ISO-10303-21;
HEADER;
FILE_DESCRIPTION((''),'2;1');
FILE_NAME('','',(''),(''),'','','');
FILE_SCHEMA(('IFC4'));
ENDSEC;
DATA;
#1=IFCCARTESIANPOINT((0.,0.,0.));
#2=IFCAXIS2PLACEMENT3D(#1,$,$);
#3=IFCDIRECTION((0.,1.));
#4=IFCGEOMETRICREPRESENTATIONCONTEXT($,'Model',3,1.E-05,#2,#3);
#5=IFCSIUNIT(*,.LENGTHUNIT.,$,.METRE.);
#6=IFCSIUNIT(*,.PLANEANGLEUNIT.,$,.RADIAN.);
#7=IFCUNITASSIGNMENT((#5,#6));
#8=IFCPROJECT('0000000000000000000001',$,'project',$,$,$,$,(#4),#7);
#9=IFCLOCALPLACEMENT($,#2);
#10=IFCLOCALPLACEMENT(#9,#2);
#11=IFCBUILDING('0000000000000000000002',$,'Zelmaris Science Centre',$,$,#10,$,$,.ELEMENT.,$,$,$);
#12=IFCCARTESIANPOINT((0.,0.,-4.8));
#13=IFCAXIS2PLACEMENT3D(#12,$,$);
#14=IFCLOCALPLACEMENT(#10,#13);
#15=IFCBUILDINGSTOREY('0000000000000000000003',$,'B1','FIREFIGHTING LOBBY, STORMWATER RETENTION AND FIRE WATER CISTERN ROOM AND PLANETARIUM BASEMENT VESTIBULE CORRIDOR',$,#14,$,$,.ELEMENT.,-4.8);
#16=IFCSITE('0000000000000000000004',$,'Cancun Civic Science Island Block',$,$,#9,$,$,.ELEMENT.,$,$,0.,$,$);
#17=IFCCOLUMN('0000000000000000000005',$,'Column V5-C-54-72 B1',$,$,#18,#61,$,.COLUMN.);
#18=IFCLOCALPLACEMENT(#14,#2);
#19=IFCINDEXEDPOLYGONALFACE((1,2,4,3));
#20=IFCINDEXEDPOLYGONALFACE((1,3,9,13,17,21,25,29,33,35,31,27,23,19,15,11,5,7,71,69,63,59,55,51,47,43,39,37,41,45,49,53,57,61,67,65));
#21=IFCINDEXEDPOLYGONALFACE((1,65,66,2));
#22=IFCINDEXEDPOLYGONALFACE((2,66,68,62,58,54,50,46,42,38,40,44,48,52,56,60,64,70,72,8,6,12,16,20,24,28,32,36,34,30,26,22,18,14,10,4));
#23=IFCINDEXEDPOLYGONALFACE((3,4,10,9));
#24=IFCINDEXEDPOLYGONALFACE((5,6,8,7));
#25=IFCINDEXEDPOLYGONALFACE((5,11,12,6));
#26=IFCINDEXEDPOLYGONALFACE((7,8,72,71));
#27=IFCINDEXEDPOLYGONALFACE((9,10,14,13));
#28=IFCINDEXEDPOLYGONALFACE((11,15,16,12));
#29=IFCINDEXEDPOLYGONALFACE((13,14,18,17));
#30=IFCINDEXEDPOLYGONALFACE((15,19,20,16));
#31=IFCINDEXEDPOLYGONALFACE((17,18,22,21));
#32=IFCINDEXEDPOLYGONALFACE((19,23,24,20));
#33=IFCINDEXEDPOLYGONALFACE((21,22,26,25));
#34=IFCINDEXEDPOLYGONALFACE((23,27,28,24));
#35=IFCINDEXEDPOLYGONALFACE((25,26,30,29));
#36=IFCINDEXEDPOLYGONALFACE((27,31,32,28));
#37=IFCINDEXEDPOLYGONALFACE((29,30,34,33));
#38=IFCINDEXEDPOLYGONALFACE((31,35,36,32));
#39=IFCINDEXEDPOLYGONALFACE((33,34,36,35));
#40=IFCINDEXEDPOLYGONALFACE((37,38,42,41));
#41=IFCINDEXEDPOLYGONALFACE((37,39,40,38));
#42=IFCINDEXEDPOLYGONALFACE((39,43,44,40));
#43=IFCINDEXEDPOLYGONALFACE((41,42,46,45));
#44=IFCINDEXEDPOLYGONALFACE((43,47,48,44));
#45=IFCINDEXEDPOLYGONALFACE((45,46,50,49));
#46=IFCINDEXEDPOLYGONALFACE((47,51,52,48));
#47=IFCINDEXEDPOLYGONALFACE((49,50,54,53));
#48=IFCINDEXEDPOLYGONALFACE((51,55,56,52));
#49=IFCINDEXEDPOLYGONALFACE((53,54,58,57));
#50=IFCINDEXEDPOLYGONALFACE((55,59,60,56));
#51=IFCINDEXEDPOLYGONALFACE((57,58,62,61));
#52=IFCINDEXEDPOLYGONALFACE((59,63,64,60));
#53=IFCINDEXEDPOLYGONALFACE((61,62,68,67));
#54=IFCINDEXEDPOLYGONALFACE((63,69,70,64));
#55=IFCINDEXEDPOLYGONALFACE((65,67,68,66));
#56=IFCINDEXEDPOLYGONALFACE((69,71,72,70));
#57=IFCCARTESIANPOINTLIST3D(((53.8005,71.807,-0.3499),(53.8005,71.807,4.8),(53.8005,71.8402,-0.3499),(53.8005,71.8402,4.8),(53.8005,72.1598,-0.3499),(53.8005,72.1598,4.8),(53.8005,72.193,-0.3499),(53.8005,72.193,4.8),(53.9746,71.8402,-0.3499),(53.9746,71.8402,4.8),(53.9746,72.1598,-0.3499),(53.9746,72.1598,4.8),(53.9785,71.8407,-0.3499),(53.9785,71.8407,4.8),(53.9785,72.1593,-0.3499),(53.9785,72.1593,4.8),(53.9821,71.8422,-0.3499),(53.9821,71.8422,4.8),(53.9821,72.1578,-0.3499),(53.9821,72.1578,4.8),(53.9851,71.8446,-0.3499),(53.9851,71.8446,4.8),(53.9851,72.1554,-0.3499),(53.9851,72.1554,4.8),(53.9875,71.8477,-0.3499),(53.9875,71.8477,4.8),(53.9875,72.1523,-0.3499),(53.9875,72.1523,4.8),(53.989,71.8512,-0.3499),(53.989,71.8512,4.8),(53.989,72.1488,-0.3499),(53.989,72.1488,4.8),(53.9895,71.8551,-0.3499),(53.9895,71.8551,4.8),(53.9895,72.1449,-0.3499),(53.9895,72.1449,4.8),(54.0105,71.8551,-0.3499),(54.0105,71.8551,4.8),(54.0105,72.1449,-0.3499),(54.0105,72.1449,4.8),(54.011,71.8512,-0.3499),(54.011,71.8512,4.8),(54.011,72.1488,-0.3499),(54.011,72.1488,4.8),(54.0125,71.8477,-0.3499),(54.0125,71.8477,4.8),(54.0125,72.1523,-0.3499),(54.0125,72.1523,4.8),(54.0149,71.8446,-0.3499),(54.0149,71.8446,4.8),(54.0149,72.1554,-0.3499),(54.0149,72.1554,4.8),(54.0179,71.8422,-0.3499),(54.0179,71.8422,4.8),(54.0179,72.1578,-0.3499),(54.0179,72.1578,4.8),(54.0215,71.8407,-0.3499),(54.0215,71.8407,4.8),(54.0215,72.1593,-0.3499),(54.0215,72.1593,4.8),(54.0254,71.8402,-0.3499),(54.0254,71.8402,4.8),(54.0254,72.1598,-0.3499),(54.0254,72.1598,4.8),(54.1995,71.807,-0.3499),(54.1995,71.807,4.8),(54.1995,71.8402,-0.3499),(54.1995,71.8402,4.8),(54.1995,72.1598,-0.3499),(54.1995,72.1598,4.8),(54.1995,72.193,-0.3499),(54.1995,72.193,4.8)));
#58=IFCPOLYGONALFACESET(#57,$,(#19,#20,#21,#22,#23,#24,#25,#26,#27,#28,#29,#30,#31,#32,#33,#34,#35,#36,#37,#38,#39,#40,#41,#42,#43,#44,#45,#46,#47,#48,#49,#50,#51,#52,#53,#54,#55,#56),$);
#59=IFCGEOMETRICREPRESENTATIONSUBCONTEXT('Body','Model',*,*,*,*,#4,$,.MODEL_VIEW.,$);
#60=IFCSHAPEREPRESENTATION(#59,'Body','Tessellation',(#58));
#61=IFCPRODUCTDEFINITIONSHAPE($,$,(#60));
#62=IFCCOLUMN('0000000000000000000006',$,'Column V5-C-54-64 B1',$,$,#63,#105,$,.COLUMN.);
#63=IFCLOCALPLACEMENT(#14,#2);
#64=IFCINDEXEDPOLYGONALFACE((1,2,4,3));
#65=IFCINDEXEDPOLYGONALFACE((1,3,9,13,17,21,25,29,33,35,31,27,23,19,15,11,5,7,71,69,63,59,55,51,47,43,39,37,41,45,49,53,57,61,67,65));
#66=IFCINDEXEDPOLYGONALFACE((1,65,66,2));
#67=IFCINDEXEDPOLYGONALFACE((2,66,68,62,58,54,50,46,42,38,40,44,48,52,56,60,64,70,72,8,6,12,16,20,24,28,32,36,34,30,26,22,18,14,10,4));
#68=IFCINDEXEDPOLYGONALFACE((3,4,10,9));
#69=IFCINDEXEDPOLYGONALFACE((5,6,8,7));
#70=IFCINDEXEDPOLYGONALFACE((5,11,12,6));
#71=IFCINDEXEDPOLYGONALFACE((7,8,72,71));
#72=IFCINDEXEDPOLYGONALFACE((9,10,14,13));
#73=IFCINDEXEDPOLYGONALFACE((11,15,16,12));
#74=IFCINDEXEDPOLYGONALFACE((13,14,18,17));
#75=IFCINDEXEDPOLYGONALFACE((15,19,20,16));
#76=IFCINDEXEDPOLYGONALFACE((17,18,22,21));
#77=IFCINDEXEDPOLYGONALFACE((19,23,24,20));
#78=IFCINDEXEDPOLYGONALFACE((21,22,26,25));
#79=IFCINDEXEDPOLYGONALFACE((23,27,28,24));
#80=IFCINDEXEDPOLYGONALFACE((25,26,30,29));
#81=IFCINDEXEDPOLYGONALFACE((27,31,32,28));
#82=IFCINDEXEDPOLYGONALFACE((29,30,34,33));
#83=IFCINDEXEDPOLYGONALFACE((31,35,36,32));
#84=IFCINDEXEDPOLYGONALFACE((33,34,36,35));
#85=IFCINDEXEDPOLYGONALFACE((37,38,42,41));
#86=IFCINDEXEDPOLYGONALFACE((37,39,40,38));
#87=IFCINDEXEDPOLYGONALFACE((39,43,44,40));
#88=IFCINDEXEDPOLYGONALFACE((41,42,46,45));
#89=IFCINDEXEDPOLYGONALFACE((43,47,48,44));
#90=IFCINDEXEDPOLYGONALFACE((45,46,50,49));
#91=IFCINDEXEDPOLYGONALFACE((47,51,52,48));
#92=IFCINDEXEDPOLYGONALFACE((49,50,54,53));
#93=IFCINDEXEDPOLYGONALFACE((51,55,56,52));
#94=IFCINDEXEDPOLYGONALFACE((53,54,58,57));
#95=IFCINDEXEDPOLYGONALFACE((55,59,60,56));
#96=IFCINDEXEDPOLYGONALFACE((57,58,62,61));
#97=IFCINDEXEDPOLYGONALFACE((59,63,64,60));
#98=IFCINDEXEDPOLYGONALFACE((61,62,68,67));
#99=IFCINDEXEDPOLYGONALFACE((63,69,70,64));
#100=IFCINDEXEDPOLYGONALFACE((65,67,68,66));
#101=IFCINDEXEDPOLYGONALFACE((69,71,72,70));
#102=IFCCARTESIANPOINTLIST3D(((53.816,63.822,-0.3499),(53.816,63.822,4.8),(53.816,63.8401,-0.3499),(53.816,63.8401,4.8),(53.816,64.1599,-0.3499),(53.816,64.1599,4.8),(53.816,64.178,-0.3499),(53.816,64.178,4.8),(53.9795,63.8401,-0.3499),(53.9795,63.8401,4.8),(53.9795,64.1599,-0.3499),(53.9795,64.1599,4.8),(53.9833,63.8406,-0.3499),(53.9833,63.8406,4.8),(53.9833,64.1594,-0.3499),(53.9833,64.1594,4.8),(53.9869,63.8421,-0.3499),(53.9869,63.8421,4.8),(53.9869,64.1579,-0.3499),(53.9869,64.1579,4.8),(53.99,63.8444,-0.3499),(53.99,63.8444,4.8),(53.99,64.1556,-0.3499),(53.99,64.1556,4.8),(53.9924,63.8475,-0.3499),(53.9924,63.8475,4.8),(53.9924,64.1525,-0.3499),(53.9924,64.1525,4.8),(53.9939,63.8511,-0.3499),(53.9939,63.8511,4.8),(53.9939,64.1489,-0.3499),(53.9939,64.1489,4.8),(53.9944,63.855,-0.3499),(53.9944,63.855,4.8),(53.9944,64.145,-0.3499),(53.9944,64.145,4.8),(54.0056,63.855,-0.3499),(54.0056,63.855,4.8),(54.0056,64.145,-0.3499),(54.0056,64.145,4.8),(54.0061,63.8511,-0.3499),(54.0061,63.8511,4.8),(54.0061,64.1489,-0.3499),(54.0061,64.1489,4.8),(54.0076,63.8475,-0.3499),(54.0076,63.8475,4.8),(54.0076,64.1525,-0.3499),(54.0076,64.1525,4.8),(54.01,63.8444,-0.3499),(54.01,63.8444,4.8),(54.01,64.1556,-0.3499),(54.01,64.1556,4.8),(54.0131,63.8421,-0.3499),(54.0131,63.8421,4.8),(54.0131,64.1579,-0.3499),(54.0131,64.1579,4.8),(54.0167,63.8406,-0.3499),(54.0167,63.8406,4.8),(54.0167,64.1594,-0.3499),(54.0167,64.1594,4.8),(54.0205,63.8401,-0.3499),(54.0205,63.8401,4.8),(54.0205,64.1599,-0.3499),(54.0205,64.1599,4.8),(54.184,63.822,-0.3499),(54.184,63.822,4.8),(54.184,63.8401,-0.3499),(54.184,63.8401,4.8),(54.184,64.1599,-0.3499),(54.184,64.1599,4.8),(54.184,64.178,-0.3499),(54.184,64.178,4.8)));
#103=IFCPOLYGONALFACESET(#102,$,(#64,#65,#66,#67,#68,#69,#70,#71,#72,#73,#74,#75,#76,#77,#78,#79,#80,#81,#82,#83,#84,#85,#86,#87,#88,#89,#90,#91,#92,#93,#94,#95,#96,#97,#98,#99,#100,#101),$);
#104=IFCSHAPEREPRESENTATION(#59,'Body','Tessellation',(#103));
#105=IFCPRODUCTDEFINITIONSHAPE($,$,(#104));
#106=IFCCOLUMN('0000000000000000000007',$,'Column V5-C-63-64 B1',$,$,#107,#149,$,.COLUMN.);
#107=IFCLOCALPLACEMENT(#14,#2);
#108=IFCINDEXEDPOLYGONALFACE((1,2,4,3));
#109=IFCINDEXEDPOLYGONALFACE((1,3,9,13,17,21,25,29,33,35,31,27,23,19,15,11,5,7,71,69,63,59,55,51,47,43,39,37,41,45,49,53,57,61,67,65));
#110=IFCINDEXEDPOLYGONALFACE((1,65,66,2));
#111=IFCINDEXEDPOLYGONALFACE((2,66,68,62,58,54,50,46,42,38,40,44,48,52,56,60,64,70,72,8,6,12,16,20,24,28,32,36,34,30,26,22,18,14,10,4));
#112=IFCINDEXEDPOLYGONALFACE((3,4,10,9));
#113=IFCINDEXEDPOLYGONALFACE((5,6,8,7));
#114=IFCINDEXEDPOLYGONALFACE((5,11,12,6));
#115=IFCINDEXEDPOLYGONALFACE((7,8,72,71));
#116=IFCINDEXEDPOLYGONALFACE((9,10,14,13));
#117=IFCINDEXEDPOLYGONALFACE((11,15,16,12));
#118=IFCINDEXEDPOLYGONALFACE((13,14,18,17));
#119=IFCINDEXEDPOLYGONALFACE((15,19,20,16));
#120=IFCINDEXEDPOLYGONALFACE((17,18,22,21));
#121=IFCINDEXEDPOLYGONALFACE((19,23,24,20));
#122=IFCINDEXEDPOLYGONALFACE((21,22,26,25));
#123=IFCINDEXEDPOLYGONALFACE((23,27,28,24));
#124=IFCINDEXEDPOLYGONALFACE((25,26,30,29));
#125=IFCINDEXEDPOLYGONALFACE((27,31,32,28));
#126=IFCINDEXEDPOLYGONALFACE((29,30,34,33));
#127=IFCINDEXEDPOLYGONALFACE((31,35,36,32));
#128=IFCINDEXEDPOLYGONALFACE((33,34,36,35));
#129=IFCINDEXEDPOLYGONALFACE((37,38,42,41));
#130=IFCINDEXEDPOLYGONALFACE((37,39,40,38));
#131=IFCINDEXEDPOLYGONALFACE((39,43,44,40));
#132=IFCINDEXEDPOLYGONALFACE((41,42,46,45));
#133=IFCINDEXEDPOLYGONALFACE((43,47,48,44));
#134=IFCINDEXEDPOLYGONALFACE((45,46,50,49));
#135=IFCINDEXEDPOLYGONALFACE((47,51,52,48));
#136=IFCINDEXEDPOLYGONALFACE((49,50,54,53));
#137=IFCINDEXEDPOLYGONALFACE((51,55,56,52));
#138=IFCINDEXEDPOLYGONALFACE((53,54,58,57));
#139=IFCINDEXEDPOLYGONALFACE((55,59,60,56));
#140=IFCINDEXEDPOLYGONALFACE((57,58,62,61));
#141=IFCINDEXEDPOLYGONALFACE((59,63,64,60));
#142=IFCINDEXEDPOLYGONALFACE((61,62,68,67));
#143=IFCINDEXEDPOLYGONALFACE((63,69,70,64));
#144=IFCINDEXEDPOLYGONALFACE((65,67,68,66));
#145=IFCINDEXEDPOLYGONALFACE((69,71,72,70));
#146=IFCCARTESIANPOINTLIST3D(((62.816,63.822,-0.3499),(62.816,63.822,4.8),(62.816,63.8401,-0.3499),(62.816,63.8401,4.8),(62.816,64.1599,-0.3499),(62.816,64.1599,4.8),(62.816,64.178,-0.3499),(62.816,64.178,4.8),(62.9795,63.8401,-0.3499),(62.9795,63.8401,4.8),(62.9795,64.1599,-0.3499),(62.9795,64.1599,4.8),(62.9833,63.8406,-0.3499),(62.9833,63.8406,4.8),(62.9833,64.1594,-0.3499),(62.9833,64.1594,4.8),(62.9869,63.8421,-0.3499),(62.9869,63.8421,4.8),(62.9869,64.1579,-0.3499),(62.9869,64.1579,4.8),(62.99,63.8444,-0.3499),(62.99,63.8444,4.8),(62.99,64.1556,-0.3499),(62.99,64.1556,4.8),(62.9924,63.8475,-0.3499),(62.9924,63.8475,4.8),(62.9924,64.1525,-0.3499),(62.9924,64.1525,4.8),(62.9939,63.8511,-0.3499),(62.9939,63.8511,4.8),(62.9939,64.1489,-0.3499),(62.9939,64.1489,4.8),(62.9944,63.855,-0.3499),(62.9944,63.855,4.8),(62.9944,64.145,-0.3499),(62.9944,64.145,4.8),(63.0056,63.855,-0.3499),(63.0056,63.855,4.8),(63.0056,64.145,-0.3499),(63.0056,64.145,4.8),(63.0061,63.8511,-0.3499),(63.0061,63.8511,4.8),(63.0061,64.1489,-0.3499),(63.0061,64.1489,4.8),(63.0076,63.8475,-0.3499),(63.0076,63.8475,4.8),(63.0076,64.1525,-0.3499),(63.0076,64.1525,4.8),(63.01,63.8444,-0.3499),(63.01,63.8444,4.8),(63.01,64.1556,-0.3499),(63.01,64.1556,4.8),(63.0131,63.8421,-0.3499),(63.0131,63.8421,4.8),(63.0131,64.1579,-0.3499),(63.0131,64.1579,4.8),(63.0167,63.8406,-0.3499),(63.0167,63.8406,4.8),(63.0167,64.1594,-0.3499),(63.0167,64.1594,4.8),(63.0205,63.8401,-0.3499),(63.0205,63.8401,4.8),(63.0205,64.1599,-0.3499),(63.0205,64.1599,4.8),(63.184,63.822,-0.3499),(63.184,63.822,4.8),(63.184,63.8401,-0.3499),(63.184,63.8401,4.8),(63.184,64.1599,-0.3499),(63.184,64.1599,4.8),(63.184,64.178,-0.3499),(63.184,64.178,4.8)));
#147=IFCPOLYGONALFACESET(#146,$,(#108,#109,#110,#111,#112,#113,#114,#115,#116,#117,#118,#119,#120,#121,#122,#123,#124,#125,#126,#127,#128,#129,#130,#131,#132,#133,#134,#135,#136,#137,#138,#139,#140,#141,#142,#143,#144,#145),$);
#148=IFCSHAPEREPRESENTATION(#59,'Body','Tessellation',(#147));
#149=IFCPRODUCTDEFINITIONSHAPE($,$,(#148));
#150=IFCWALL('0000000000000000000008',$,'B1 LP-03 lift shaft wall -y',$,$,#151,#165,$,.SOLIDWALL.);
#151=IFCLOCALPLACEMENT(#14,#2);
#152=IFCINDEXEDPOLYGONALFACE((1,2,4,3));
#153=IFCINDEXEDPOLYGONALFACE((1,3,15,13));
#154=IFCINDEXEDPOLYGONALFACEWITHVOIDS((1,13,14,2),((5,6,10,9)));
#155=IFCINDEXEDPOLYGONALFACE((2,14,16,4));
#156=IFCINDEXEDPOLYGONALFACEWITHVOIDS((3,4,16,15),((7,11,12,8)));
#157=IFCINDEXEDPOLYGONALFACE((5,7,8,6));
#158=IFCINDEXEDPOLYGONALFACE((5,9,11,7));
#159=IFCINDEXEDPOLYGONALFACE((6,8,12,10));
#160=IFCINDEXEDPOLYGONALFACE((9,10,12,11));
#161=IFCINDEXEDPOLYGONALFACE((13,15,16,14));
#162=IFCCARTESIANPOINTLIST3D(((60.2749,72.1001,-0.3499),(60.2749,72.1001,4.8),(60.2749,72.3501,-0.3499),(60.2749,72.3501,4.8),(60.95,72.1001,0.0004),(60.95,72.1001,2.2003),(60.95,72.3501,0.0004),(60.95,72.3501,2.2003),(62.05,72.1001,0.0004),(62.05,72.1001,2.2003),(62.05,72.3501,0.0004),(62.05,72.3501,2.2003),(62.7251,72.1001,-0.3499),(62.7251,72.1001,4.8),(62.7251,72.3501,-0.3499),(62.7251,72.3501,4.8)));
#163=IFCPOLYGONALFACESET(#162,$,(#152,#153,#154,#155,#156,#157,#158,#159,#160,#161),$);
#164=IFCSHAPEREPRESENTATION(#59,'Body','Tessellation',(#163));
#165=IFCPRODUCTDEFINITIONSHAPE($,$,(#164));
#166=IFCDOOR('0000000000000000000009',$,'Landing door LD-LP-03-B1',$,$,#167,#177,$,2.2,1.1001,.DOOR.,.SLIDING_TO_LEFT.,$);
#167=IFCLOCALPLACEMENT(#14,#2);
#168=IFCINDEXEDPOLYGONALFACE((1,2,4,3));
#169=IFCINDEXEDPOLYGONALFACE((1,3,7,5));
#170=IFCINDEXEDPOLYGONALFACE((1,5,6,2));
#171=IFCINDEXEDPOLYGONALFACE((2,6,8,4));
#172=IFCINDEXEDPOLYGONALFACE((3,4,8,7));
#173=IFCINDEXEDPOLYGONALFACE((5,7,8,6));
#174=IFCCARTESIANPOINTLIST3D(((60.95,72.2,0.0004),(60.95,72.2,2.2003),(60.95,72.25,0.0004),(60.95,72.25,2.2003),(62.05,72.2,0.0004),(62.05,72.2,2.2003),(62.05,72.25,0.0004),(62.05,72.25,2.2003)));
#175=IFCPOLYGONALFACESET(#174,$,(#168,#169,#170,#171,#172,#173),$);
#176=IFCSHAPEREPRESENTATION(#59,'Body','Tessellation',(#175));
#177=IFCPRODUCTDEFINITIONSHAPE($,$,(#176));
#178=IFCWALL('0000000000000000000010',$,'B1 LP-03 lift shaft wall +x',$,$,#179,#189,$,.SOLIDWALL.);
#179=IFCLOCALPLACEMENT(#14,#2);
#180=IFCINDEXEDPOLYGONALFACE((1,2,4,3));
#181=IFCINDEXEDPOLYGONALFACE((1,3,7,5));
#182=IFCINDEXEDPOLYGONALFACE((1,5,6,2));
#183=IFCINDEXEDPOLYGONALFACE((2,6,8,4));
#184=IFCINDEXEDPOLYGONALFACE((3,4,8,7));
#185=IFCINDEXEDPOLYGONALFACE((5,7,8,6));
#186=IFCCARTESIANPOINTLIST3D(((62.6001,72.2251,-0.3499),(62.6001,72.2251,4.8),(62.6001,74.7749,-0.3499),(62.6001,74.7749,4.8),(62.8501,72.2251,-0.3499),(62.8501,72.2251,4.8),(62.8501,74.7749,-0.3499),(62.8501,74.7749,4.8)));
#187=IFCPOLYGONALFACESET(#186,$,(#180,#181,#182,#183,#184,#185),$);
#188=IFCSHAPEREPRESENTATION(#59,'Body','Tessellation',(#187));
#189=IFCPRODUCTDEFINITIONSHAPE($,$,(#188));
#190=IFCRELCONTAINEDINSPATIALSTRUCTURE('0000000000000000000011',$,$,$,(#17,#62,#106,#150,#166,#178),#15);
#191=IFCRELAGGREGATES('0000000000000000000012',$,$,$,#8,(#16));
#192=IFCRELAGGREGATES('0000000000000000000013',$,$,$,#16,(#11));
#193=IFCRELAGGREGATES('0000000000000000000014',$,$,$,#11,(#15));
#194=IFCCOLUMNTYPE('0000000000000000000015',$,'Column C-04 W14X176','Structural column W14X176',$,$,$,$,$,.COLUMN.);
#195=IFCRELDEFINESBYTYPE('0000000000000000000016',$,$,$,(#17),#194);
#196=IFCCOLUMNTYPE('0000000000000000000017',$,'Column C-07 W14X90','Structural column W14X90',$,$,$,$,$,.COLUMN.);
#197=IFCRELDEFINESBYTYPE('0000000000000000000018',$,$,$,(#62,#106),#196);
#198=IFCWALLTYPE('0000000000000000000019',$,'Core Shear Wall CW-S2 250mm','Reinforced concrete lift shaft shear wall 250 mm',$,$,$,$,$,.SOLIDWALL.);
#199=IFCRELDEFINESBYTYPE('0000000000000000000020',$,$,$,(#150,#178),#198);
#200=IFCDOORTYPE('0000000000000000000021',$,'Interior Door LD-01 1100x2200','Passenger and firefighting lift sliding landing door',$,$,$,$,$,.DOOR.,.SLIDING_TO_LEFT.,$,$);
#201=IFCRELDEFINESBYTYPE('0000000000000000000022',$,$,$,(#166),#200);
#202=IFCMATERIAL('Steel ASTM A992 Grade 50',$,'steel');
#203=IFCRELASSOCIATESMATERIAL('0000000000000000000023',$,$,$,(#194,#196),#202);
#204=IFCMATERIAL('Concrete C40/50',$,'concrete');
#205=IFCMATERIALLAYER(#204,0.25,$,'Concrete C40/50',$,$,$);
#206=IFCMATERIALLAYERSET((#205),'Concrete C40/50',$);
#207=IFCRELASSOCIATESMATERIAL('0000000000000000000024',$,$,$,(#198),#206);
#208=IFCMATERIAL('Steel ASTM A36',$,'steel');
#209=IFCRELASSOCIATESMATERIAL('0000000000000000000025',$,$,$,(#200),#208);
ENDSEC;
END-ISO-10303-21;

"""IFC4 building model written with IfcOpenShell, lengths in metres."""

from ifc_helpers import new_model, si_unit, direction, frame, frame_2d, origin, origin_2d, place, context, subcontext, project, spatial, rectangle, i_section, extrude, material, layer, layer_set, material_profile, profile_set, type_object, element, fill, save


model = new_model("IFC4")

# Units and contexts
model_context = context("Model", 3, precision=1e-05, world=origin(), true_north=direction((0.0, 1.0)))
body_context = subcontext(model_context, "Body", "Model", "MODEL_VIEW")
ifc_project = project(units=[si_unit("LENGTHUNIT", "METRE"), si_unit("PLANEANGLEUNIT", "RADIAN")], contexts=[model_context])

# Site, building, storey
site_placement = place(None, origin())
site = spatial("IfcSite", under=ifc_project, at=site_placement, Name="Cancun Civic Science Island Block", CompositionType="ELEMENT", RefElevation=0.0)
building_placement = place(site_placement, origin())
building = spatial("IfcBuilding", under=site, at=building_placement, Name="Zelmaris Science Centre", CompositionType="ELEMENT")
storey_placement = place(building_placement, frame((0.0, 0.0, -4.8)))
storey = spatial("IfcBuildingStorey", under=building, at=storey_placement, Name="B1", Description="FIREFIGHTING LOBBY, STORMWATER RETENTION AND FIRE WATER CISTERN ROOM AND PLANETARIUM BASEMENT VESTIBULE CORRIDOR", CompositionType="ELEMENT", Elevation=-4.8)

# Shared definitions
ifc_material_1 = material(Name="Concrete C40/50", Category="concrete")

# Columns
ifc_material_2 = material(Name="Steel ASTM A992 Grade 50", Category="steel")
ifc_material_profile_1 = material_profile(ifc_material_2, i_section(OverallWidth=0.3989, OverallDepth=0.386, WebThickness=0.021, FlangeThickness=0.0332, FilletRadius=0.0149, at=origin_2d()), Name="W14X176")
ifc_profile_set_1 = profile_set([ifc_material_profile_1], Name="Steel ASTM A992 Grade 50")
column_type_1 = type_object("IfcColumnType", Name="Column C-04 W14X176", Description="Structural column W14X176", PredefinedType="COLUMN", material=ifc_profile_set_1)
column_placement = place(storey_placement, frame((54.0, 72.0, -0.3499), z_axis=(0.0, 0.0, 1.0), x_axis=(1.0, 0.0, 0.0)))
element("IfcColumn", 1, at=column_placement, inside=storey, type_object=column_type_1, Name="Column V5-C-54-72 B1", PredefinedType="COLUMN", context=body_context, shape_type="SweptSolid", body=[
    extrude(i_section(OverallWidth=0.3989, OverallDepth=0.386, WebThickness=0.021, FlangeThickness=0.0332, FilletRadius=0.0149, at=origin_2d()), origin(), (0.0, 0.0, 1.0), 5.1499),
])
ifc_material_profile_2 = material_profile(ifc_material_2, i_section(OverallWidth=0.3679, OverallDepth=0.356, WebThickness=0.0112, FlangeThickness=0.0181, FilletRadius=0.0149, at=origin_2d()), Name="W14X90")
ifc_profile_set_2 = profile_set([ifc_material_profile_2], Name="Steel ASTM A992 Grade 50")
column_type_2 = type_object("IfcColumnType", Name="Column C-07 W14X90", Description="Structural column W14X90", PredefinedType="COLUMN", material=ifc_profile_set_2)
for number, where, z_axis, x_axis, name in (
    (2, (54.0, 64.0, -0.3499), (0.0, 0.0, 1.0), (1.0, 0.0, 0.0), "Column V5-C-54-64 B1"),
    (3, (63.0, 64.0, -0.3499), (0.0, 0.0, 1.0), (1.0, 0.0, 0.0), "Column V5-C-63-64 B1"),
):
    element("IfcColumn", number, at=place(storey_placement, frame(where, z_axis=z_axis, x_axis=x_axis)), inside=storey, type_object=column_type_2, Name=name, PredefinedType="COLUMN", context=body_context, shape_type="SweptSolid", body=[
        extrude(i_section(OverallWidth=0.3679, OverallDepth=0.356, WebThickness=0.0112, FlangeThickness=0.0181, FilletRadius=0.0149, at=origin_2d()), origin(), (0.0, 0.0, 1.0), 5.1499),
    ])

# Wall, opening, door
ifc_layer_1 = layer(ifc_material_1, 0.25, Name="Concrete C40/50")
ifc_layer_set_1 = layer_set([ifc_layer_1], Name="Concrete C40/50")
wall_type_1 = type_object("IfcWallType", Name="Core Shear Wall CW-S2 250mm", Description="Reinforced concrete lift shaft shear wall 250 mm", PredefinedType="SOLIDWALL", material=ifc_layer_set_1)
wall_1_placement = place(storey_placement, frame((60.2749, 72.2251, -0.3499), z_axis=(0.0, 0.0, 1.0), x_axis=(1.0, 0.0, 0.0)))
wall_1 = element("IfcWall", 4, at=wall_1_placement, inside=storey, type_object=wall_type_1, Name="B1 LP-03 lift shaft wall -y", PredefinedType="SOLIDWALL", context=body_context, shape_type="SweptSolid", body=[
    extrude(rectangle(XDim=2.4502, YDim=0.25, at=frame_2d((1.2251, 0.0))), origin(), (0.0, 0.0, 1.0), 5.1499),
])
opening_placement = place(wall_1_placement, frame((0.675, 0.0, 0.3501)))
opening = element("IfcOpeningElement", 5, at=opening_placement, cuts=wall_1, PredefinedType="OPENING", context=body_context, shape_type="SweptSolid", body=[
    extrude(rectangle(XDim=1.1001, YDim=2.2, at=frame_2d((0.55, 1.1001))), frame((0.0, 0.135, 0.0), z_axis=(0.0, -1.0, 0.0), x_axis=(1.0, 0.0, 0.0)), (0.0, 0.0, 1.0), 0.27),
])
ifc_material_3 = material(Name="Steel ASTM A36", Category="steel")
door_type = type_object("IfcDoorType", Name="Interior Door LD-01 1100x2200", Description="Passenger and firefighting lift sliding landing door", OperationType="SLIDING_TO_LEFT", PredefinedType="DOOR", material=ifc_material_3)
door_placement = place(opening_placement, origin())
door = element("IfcDoor", 6, at=door_placement, inside=storey, type_object=door_type, Name="Landing door LD-LP-03-B1", OperationType="SLIDING_TO_LEFT", OverallHeight=2.2, OverallWidth=1.1001, PredefinedType="DOOR", context=body_context, shape_type="SweptSolid", body=[
    extrude(rectangle(XDim=1.1001, YDim=2.2, at=frame_2d((0.55, 1.1001))), frame((0.0, 0.0249, 0.0), z_axis=(0.0, -1.0, 0.0), x_axis=(1.0, 0.0, 0.0)), (0.0, 0.0, 1.0), 0.05),
])
fill(opening, door)

# Wall
wall_2_placement = place(storey_placement, frame((62.7251, 72.2251, -0.3499), z_axis=(0.0, 0.0, 1.0), x_axis=(0.0, 1.0, 0.0)))
element("IfcWall", 7, at=wall_2_placement, inside=storey, type_object=wall_type_1, Name="B1 LP-03 lift shaft wall +x", PredefinedType="SOLIDWALL", context=body_context, shape_type="SweptSolid", body=[
    extrude(rectangle(XDim=2.5498, YDim=0.25, at=frame_2d((1.2749, 0.0))), origin(), (0.0, 0.0, 1.0), 5.1499),
])

save(model, "model.ifc")
